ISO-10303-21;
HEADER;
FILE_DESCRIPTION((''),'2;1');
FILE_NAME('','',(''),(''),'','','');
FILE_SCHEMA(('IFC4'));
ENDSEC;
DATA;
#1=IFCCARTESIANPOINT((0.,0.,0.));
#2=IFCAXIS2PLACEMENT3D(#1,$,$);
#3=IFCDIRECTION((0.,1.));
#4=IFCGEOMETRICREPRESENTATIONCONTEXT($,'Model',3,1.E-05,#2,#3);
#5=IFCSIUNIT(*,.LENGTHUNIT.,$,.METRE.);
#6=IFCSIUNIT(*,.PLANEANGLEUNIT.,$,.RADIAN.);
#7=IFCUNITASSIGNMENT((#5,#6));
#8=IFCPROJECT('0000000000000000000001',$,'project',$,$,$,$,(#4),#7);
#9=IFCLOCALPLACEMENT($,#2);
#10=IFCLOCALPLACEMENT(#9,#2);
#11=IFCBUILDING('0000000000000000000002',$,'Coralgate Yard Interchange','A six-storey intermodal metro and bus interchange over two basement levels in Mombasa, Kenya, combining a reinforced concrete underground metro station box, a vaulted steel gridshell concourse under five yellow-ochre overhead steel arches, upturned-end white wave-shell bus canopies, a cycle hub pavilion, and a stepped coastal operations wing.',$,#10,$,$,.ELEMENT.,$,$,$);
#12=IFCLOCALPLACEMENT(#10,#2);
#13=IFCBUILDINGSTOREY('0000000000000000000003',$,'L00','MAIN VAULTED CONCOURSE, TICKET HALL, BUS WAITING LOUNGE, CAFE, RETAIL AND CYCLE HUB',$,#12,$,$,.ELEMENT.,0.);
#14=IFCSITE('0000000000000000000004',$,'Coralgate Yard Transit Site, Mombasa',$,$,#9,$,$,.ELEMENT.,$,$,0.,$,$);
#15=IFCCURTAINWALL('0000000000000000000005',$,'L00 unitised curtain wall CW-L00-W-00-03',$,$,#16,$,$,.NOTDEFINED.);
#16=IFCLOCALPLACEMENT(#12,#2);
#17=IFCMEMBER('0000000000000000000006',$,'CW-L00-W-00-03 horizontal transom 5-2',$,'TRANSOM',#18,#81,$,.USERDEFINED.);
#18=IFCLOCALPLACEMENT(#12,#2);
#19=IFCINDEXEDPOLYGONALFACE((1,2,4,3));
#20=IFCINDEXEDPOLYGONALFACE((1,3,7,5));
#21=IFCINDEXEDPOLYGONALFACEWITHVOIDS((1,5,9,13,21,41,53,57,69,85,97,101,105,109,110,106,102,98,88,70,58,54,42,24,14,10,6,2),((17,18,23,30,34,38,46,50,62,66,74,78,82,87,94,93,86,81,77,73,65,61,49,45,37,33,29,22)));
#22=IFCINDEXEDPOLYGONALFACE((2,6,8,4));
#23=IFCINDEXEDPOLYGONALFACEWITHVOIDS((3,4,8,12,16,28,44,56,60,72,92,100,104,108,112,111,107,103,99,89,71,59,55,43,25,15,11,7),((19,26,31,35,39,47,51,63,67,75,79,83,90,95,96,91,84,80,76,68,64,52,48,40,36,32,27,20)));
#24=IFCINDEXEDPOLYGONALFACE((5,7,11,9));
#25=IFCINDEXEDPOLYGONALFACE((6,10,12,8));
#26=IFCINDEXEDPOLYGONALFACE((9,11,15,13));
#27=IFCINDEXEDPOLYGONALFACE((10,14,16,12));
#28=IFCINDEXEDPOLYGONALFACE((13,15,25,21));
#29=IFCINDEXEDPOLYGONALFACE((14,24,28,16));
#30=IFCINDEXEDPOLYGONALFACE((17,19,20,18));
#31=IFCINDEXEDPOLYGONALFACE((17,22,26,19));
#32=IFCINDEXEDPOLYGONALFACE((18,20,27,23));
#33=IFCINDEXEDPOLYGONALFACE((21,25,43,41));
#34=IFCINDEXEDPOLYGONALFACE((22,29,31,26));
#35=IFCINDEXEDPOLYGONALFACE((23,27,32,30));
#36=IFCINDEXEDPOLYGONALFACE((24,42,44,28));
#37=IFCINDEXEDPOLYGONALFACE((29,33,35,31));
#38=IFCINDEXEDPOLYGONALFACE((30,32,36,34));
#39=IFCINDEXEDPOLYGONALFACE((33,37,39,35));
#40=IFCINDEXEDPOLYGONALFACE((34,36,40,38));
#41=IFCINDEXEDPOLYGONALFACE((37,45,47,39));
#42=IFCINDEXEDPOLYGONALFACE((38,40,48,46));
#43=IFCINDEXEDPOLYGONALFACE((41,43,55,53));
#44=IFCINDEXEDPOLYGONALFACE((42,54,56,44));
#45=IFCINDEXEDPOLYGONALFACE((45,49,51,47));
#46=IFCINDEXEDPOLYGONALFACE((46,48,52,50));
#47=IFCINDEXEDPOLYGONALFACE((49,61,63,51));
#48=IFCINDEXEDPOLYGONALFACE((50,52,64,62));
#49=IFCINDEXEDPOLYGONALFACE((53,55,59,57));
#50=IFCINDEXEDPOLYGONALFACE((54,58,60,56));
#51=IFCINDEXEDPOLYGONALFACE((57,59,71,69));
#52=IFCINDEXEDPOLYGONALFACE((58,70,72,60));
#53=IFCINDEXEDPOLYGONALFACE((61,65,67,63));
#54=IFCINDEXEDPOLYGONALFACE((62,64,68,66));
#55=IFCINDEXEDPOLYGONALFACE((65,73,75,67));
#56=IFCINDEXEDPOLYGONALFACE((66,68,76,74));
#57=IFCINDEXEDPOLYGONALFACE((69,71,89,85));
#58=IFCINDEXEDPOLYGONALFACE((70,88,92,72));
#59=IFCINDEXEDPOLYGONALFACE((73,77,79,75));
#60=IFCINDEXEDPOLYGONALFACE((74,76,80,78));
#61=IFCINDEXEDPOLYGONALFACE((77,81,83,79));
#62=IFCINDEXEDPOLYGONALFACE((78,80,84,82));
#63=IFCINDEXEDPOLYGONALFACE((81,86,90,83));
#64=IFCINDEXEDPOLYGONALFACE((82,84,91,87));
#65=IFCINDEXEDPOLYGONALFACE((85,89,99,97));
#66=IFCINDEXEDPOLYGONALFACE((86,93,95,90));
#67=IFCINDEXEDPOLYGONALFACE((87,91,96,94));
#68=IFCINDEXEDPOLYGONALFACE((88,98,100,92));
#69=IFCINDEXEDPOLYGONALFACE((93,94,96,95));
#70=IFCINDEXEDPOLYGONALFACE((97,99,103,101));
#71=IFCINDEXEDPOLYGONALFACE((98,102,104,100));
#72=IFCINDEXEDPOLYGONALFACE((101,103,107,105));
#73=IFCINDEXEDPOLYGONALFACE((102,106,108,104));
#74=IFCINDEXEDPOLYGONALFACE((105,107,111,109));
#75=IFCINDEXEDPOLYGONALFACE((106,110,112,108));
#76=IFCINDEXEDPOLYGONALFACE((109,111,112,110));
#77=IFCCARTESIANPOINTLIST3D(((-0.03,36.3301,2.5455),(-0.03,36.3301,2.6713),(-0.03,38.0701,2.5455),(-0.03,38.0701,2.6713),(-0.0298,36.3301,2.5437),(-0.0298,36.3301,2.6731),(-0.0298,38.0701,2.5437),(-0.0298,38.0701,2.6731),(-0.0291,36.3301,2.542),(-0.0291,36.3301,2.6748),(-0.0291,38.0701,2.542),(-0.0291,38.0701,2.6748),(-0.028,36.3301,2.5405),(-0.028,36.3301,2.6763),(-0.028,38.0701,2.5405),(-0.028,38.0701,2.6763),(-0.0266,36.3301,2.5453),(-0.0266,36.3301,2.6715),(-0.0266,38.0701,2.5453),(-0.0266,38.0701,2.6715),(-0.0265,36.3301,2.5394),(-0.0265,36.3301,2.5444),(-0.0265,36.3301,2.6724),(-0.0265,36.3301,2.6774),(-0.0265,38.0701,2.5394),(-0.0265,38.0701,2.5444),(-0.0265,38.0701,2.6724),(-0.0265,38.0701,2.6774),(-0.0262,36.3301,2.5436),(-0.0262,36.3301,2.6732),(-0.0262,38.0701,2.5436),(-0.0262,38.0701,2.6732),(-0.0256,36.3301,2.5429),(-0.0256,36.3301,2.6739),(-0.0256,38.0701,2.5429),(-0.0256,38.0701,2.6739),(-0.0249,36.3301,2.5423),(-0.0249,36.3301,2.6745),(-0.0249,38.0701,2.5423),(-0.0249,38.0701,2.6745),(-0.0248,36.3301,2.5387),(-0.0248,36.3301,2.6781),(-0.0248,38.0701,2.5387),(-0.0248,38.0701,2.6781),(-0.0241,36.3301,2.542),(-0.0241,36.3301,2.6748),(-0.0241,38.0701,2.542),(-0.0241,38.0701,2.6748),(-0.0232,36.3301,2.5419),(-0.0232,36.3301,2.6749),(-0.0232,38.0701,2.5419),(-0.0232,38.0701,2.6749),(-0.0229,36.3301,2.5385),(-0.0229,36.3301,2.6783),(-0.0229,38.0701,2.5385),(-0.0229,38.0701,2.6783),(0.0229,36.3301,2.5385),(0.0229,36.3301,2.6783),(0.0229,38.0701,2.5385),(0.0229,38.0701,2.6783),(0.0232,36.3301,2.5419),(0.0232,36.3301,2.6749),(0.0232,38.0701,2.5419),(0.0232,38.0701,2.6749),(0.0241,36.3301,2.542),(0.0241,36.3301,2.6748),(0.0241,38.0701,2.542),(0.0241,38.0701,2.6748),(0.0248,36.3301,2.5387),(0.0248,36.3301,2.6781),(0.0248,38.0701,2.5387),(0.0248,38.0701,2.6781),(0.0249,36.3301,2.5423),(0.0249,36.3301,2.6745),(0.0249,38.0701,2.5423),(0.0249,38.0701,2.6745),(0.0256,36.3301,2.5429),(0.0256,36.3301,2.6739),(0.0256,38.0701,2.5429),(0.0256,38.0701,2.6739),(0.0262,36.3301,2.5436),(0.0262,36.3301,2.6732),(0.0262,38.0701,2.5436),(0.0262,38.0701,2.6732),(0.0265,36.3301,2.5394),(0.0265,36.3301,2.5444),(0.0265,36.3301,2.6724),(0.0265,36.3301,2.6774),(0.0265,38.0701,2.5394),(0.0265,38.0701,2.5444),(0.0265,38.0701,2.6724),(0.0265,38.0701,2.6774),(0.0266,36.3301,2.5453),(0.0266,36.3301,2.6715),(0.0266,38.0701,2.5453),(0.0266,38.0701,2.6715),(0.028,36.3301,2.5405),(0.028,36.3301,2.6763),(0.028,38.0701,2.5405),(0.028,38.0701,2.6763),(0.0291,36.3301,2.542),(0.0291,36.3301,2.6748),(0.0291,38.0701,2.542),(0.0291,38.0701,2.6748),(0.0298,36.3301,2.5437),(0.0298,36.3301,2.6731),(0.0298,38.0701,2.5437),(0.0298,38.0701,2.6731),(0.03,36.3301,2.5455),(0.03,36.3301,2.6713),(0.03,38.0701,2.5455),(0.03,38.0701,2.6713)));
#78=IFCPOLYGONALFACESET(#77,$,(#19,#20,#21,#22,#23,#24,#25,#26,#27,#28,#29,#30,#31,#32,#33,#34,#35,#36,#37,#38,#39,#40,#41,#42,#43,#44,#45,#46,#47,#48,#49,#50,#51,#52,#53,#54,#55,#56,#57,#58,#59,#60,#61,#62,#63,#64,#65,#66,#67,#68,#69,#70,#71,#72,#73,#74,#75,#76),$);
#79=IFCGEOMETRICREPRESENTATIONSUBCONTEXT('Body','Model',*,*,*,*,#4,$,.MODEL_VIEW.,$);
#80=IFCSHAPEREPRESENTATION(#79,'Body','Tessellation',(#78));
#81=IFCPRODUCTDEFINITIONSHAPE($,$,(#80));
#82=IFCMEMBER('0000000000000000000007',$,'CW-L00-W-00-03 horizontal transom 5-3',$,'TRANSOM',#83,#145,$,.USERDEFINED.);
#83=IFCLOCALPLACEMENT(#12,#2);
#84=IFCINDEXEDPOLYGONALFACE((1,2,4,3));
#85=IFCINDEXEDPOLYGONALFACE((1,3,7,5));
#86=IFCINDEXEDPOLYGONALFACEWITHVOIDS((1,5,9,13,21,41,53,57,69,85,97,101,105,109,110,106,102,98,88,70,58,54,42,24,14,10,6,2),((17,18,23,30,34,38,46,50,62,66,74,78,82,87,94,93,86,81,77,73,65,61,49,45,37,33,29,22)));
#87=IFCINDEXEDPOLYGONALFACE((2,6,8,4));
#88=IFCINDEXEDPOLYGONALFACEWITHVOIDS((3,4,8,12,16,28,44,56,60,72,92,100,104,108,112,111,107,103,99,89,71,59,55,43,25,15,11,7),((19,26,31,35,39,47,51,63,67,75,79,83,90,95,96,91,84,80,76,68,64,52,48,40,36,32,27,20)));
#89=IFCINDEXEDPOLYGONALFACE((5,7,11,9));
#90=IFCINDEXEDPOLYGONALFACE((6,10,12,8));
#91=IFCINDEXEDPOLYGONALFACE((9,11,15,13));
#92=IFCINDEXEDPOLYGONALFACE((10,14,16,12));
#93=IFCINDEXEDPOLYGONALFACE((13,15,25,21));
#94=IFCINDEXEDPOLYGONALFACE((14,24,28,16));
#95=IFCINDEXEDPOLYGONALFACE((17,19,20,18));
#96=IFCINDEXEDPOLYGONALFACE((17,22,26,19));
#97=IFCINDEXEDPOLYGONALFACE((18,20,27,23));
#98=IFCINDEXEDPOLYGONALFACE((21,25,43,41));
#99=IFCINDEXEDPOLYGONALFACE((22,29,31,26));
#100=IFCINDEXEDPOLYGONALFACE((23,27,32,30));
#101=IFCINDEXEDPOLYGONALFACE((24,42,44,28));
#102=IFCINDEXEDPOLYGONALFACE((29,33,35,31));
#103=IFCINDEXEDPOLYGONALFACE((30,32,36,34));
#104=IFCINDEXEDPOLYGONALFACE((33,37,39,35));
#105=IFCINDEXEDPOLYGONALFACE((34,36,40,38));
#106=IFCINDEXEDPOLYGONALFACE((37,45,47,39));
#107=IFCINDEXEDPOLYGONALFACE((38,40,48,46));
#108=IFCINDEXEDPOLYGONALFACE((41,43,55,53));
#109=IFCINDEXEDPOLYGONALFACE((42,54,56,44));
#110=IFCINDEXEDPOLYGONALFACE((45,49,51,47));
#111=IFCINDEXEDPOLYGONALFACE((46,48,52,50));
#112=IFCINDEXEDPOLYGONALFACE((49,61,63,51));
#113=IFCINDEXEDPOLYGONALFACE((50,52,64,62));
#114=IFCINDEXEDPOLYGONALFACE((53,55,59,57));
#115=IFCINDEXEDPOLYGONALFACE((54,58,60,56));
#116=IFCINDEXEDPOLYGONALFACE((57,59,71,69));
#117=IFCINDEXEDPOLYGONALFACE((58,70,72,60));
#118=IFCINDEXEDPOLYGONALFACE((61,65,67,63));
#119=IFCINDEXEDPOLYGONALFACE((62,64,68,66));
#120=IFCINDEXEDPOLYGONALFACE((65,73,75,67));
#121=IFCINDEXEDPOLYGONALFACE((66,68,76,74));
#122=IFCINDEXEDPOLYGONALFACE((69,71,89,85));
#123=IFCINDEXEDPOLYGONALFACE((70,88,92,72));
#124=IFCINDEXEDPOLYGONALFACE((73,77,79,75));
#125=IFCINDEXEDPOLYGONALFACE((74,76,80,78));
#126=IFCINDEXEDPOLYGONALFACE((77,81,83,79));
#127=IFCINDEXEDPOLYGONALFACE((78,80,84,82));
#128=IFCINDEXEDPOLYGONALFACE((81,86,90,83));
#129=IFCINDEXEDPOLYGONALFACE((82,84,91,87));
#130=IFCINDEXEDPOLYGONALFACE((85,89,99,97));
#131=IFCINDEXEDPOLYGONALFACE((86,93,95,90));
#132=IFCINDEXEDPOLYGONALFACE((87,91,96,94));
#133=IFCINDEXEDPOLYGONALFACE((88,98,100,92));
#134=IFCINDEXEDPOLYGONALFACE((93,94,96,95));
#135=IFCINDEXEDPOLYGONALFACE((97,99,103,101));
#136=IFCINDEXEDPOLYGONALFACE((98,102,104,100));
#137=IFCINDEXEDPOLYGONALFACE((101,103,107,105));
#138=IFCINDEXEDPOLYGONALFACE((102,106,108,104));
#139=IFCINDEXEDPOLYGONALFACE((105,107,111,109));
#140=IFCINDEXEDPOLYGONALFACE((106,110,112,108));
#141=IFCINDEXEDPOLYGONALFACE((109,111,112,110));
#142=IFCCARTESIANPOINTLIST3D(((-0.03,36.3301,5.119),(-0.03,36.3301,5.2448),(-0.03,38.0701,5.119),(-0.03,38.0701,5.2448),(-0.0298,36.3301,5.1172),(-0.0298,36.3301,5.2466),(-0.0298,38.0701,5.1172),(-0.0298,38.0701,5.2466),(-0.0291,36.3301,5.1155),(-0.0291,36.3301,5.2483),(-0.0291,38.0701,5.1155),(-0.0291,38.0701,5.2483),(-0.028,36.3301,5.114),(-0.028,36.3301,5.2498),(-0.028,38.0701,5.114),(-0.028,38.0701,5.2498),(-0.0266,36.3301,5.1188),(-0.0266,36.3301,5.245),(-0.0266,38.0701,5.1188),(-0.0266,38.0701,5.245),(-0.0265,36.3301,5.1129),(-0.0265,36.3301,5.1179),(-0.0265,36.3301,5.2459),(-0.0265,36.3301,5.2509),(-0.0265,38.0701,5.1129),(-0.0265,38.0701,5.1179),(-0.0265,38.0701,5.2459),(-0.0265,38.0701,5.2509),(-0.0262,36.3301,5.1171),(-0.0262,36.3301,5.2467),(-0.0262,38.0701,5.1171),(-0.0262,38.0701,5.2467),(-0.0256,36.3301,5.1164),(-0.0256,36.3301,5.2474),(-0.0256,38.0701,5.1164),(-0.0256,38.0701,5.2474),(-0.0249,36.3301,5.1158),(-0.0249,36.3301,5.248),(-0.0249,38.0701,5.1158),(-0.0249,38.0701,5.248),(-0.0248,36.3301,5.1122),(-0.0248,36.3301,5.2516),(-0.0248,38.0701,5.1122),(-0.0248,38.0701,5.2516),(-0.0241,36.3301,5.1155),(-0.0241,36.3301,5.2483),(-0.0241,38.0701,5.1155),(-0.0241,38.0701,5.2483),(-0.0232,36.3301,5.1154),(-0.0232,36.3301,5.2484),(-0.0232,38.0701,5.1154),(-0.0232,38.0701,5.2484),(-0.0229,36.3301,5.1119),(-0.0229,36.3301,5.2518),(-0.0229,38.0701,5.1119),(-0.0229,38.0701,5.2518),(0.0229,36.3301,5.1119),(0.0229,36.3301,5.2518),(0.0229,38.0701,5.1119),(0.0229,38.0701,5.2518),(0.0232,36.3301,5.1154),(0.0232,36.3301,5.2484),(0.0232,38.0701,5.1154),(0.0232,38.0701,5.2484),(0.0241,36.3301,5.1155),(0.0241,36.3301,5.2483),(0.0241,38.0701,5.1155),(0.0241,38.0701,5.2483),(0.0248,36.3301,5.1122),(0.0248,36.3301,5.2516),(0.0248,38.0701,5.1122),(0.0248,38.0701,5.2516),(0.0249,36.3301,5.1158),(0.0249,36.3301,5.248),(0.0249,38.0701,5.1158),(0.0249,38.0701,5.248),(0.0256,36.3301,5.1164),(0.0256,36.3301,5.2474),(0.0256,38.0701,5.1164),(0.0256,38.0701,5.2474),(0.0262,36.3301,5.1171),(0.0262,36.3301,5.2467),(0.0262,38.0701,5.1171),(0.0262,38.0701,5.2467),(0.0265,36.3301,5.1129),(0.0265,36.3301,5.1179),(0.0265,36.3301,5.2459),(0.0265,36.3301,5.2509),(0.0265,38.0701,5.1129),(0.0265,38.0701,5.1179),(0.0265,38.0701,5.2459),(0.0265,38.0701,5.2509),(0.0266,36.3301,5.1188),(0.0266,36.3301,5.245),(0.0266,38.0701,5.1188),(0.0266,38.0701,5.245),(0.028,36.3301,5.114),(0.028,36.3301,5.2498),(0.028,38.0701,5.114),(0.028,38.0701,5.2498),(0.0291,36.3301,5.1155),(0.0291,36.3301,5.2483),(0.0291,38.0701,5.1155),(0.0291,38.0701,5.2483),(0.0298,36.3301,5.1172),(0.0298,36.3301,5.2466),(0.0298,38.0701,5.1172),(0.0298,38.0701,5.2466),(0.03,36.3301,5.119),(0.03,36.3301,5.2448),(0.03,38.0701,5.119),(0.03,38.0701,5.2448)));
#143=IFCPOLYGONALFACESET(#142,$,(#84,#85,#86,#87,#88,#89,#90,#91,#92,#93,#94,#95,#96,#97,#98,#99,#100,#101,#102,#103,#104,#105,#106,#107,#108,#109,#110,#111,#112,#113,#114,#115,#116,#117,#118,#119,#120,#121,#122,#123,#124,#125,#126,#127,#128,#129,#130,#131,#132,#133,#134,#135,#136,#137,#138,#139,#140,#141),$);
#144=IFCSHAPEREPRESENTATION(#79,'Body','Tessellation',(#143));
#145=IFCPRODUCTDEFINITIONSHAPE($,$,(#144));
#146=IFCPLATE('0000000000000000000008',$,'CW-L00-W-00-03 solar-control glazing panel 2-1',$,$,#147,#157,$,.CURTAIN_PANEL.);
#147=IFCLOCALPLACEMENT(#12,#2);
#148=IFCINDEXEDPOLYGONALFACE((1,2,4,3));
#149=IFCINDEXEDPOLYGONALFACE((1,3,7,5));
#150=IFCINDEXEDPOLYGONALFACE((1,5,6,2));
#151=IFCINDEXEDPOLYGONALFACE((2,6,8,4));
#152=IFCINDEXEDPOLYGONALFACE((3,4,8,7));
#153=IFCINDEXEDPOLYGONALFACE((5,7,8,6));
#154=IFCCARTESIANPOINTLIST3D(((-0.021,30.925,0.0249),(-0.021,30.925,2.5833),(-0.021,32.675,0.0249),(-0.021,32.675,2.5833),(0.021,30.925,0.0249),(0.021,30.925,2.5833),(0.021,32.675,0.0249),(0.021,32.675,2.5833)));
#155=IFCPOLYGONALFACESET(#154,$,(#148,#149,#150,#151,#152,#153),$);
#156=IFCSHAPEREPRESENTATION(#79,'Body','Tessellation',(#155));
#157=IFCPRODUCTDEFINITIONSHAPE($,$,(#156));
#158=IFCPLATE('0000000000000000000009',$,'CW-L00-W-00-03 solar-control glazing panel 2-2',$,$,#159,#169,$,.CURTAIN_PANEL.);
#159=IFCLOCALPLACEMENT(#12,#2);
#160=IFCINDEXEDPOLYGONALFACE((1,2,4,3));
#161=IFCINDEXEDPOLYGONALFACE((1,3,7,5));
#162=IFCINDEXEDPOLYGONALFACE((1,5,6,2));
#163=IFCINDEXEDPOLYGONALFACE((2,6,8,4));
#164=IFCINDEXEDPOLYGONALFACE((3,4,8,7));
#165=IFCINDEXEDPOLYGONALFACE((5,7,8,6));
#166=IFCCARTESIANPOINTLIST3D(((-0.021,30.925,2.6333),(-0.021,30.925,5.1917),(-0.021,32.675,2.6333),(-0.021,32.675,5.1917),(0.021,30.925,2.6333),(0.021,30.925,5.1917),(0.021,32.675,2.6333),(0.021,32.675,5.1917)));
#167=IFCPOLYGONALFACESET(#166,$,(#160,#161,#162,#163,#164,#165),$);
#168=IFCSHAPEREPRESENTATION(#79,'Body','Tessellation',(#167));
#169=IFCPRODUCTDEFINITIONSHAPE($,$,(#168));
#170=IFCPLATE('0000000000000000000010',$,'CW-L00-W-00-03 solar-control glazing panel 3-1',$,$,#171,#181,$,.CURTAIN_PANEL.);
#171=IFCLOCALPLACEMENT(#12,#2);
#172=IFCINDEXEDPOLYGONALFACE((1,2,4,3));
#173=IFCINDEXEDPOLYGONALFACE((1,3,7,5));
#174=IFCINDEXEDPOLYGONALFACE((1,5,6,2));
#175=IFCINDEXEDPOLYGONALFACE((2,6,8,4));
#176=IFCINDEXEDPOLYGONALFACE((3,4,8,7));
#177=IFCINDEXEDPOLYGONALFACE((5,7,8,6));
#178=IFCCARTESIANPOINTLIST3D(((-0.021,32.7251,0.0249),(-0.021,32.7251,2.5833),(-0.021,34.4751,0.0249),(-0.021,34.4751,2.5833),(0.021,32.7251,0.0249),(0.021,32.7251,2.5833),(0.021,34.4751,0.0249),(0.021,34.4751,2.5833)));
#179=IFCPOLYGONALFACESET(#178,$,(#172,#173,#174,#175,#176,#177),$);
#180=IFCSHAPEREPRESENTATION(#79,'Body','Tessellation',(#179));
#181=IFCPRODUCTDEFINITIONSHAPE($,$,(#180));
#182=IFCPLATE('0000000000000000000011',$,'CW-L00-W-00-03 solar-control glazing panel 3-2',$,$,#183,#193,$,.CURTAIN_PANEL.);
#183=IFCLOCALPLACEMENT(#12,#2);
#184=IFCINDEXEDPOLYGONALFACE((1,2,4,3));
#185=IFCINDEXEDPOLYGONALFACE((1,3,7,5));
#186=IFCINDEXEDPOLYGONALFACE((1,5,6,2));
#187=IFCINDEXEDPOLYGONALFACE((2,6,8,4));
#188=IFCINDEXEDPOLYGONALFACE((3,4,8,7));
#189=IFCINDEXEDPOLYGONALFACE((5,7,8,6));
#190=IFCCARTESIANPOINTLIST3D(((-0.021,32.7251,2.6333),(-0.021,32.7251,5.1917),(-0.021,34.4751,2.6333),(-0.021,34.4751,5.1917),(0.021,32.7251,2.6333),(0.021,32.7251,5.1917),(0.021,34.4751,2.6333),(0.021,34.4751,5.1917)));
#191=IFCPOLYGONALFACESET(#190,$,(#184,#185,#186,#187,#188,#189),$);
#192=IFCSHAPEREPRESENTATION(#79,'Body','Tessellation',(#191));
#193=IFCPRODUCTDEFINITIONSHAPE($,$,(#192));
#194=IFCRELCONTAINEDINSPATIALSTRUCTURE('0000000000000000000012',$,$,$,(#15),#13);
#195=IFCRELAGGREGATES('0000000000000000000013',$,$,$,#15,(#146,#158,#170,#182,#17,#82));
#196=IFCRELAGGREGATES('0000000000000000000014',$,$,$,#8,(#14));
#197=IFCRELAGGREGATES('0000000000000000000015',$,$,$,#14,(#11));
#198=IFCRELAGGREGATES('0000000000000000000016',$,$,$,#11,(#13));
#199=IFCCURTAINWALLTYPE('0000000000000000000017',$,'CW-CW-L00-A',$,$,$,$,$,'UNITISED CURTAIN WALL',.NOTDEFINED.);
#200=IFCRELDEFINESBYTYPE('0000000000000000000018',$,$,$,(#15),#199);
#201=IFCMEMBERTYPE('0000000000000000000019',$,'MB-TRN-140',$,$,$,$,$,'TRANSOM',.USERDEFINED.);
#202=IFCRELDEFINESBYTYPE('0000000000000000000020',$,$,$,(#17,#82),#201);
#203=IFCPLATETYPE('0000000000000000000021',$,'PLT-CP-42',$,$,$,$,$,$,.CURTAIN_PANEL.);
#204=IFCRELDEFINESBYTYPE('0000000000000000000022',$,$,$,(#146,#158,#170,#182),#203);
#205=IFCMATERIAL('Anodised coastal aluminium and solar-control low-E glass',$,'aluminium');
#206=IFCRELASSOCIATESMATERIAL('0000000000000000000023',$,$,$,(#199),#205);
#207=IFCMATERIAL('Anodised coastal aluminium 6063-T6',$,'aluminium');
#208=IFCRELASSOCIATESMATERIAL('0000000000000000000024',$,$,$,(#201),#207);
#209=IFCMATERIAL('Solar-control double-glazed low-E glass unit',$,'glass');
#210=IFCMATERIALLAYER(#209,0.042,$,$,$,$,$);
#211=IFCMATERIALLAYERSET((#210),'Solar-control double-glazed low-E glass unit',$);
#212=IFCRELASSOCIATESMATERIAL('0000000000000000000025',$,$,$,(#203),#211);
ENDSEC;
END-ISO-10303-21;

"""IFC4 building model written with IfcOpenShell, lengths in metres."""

from ifc_helpers import new_model, si_unit, direction, frame, origin, origin_2d, place, context, subcontext, project, spatial, rectangle, hollow_rectangle, extrude, material, layer, layer_set, material_profile, profile_set, type_object, element, aggregate, save


model = new_model("IFC4")

# Units and contexts
model_context = context("Model", 3, precision=1e-05, world=origin(), true_north=direction((0.0, 1.0)))
body_context = subcontext(model_context, "Body", "Model", "MODEL_VIEW")
ifc_project = project(units=[si_unit("LENGTHUNIT", "METRE"), si_unit("PLANEANGLEUNIT", "RADIAN")], contexts=[model_context])

# Site, building, storey
site_placement = place(None, origin())
site = spatial("IfcSite", under=ifc_project, at=site_placement, Name="Coralgate Yard Transit Site, Mombasa", CompositionType="ELEMENT", RefElevation=0.0)
building_placement = place(site_placement, origin())
building = spatial("IfcBuilding", under=site, at=building_placement, Name="Coralgate Yard Interchange", Description="A six-storey intermodal metro and bus interchange over two basement levels in Mombasa, Kenya, combining a reinforced concrete underground metro station box, a vaulted steel gridshell concourse under five yellow-ochre overhead steel arches, upturned-end white wave-shell bus canopies, a cycle hub pavilion, and a stepped coastal operations wing.", CompositionType="ELEMENT")
storey_placement = place(building_placement, origin())
storey = spatial("IfcBuildingStorey", under=building, at=storey_placement, Name="L00", Description="MAIN VAULTED CONCOURSE, TICKET HALL, BUS WAITING LOUNGE, CAFE, RETAIL AND CYCLE HUB", CompositionType="ELEMENT", Elevation=0.0)

# Curtain wall, members, plates
ifc_material_1 = material(Name="Anodised coastal aluminium and solar-control low-E glass", Category="aluminium")
curtain_wall_type = type_object("IfcCurtainWallType", Name="CW-CW-L00-A", ElementType="UNITISED CURTAIN WALL", PredefinedType="NOTDEFINED", material=ifc_material_1)
curtain_wall_placement = place(storey_placement, origin())
curtain_wall = element("IfcCurtainWall", 1, at=curtain_wall_placement, inside=storey, type_object=curtain_wall_type, Name="L00 unitised curtain wall CW-L00-W-00-03", PredefinedType="NOTDEFINED")
ifc_material_2 = material(Name="Anodised coastal aluminium 6063-T6", Category="aluminium")
ifc_material_profile_1 = material_profile(ifc_material_2, hollow_rectangle(XDim=0.0601, YDim=0.1399, WallThickness=0.0034, InnerFilletRadius=0.0034, OuterFilletRadius=0.0071, at=origin_2d()), Name="ALU 60x140x3.5")
ifc_profile_set_1 = profile_set([ifc_material_profile_1], Name="Anodised coastal aluminium 6063-T6")
member_type_1 = type_object("IfcMemberType", Name="MB-TRN-140", ElementType="TRANSOM", PredefinedType="USERDEFINED", material=ifc_profile_set_1)
member_1_placement = place(storey_placement, frame((0.0, 36.3301, 2.6084), z_axis=(0.0, 1.0, 0.0), x_axis=(-1.0, 0.0, 0.0)))
member_1 = element("IfcMember", 2, at=member_1_placement, type_object=member_type_1, Name="CW-L00-W-00-03 horizontal transom 5-2", ObjectType="TRANSOM", PredefinedType="USERDEFINED", context=body_context, shape_type="SweptSolid", body=[
    extrude(hollow_rectangle(XDim=0.0601, YDim=0.1399, WallThickness=0.0034, InnerFilletRadius=0.0034, OuterFilletRadius=0.0071, at=origin_2d()), origin(), (0.0, 0.0, 1.0), 1.74),
])
member_2_placement = place(storey_placement, frame((0.0, 36.3301, 5.1819), z_axis=(0.0, 1.0, 0.0), x_axis=(-1.0, 0.0, 0.0)))
member_2 = element("IfcMember", 3, at=member_2_placement, type_object=member_type_1, Name="CW-L00-W-00-03 horizontal transom 5-3", ObjectType="TRANSOM", PredefinedType="USERDEFINED", context=body_context, shape_type="SweptSolid", body=[
    extrude(hollow_rectangle(XDim=0.0601, YDim=0.1399, WallThickness=0.0034, InnerFilletRadius=0.0034, OuterFilletRadius=0.0071, at=origin_2d()), origin(), (0.0, 0.0, 1.0), 1.74),
])
ifc_material_3 = material(Name="Solar-control double-glazed low-E glass unit", Category="glass")
ifc_layer = layer(ifc_material_3, 0.042)
ifc_layer_set = layer_set([ifc_layer], Name="Solar-control double-glazed low-E glass unit")
plate_type = type_object("IfcPlateType", Name="PLT-CP-42", PredefinedType="CURTAIN_PANEL", material=ifc_layer_set)
plate_1_placement = place(storey_placement, frame((0.0, 31.8, 0.0249), z_axis=(0.0, 0.0, 1.0), x_axis=(0.0, 1.0, 0.0)))
plate_1 = element("IfcPlate", 4, at=plate_1_placement, type_object=plate_type, Name="CW-L00-W-00-03 solar-control glazing panel 2-1", PredefinedType="CURTAIN_PANEL", context=body_context, shape_type="SweptSolid", body=[
    extrude(rectangle(XDim=1.75, YDim=0.042, at=origin_2d()), origin(), (0.0, 0.0, 1.0), 2.5583),
])
plate_2_placement = place(storey_placement, frame((0.0, 31.8, 2.6333), z_axis=(0.0, 0.0, 1.0), x_axis=(0.0, 1.0, 0.0)))
plate_2 = element("IfcPlate", 5, at=plate_2_placement, type_object=plate_type, Name="CW-L00-W-00-03 solar-control glazing panel 2-2", PredefinedType="CURTAIN_PANEL", context=body_context, shape_type="SweptSolid", body=[
    extrude(rectangle(XDim=1.75, YDim=0.042, at=origin_2d()), origin(), (0.0, 0.0, 1.0), 2.5583),
])
plate_3_placement = place(storey_placement, frame((0.0, 33.6001, 0.0249), z_axis=(0.0, 0.0, 1.0), x_axis=(0.0, 1.0, 0.0)))
plate_3 = element("IfcPlate", 6, at=plate_3_placement, type_object=plate_type, Name="CW-L00-W-00-03 solar-control glazing panel 3-1", PredefinedType="CURTAIN_PANEL", context=body_context, shape_type="SweptSolid", body=[
    extrude(rectangle(XDim=1.75, YDim=0.042, at=origin_2d()), origin(), (0.0, 0.0, 1.0), 2.5583),
])
plate_4_placement = place(storey_placement, frame((0.0, 33.6001, 2.6333), z_axis=(0.0, 0.0, 1.0), x_axis=(0.0, 1.0, 0.0)))
plate_4 = element("IfcPlate", 7, at=plate_4_placement, type_object=plate_type, Name="CW-L00-W-00-03 solar-control glazing panel 3-2", PredefinedType="CURTAIN_PANEL", context=body_context, shape_type="SweptSolid", body=[
    extrude(rectangle(XDim=1.75, YDim=0.042, at=origin_2d()), origin(), (0.0, 0.0, 1.0), 2.5583),
])
aggregate(curtain_wall, [plate_1, plate_2, plate_3, plate_4, member_1, member_2])

save(model, "model.ifc")
